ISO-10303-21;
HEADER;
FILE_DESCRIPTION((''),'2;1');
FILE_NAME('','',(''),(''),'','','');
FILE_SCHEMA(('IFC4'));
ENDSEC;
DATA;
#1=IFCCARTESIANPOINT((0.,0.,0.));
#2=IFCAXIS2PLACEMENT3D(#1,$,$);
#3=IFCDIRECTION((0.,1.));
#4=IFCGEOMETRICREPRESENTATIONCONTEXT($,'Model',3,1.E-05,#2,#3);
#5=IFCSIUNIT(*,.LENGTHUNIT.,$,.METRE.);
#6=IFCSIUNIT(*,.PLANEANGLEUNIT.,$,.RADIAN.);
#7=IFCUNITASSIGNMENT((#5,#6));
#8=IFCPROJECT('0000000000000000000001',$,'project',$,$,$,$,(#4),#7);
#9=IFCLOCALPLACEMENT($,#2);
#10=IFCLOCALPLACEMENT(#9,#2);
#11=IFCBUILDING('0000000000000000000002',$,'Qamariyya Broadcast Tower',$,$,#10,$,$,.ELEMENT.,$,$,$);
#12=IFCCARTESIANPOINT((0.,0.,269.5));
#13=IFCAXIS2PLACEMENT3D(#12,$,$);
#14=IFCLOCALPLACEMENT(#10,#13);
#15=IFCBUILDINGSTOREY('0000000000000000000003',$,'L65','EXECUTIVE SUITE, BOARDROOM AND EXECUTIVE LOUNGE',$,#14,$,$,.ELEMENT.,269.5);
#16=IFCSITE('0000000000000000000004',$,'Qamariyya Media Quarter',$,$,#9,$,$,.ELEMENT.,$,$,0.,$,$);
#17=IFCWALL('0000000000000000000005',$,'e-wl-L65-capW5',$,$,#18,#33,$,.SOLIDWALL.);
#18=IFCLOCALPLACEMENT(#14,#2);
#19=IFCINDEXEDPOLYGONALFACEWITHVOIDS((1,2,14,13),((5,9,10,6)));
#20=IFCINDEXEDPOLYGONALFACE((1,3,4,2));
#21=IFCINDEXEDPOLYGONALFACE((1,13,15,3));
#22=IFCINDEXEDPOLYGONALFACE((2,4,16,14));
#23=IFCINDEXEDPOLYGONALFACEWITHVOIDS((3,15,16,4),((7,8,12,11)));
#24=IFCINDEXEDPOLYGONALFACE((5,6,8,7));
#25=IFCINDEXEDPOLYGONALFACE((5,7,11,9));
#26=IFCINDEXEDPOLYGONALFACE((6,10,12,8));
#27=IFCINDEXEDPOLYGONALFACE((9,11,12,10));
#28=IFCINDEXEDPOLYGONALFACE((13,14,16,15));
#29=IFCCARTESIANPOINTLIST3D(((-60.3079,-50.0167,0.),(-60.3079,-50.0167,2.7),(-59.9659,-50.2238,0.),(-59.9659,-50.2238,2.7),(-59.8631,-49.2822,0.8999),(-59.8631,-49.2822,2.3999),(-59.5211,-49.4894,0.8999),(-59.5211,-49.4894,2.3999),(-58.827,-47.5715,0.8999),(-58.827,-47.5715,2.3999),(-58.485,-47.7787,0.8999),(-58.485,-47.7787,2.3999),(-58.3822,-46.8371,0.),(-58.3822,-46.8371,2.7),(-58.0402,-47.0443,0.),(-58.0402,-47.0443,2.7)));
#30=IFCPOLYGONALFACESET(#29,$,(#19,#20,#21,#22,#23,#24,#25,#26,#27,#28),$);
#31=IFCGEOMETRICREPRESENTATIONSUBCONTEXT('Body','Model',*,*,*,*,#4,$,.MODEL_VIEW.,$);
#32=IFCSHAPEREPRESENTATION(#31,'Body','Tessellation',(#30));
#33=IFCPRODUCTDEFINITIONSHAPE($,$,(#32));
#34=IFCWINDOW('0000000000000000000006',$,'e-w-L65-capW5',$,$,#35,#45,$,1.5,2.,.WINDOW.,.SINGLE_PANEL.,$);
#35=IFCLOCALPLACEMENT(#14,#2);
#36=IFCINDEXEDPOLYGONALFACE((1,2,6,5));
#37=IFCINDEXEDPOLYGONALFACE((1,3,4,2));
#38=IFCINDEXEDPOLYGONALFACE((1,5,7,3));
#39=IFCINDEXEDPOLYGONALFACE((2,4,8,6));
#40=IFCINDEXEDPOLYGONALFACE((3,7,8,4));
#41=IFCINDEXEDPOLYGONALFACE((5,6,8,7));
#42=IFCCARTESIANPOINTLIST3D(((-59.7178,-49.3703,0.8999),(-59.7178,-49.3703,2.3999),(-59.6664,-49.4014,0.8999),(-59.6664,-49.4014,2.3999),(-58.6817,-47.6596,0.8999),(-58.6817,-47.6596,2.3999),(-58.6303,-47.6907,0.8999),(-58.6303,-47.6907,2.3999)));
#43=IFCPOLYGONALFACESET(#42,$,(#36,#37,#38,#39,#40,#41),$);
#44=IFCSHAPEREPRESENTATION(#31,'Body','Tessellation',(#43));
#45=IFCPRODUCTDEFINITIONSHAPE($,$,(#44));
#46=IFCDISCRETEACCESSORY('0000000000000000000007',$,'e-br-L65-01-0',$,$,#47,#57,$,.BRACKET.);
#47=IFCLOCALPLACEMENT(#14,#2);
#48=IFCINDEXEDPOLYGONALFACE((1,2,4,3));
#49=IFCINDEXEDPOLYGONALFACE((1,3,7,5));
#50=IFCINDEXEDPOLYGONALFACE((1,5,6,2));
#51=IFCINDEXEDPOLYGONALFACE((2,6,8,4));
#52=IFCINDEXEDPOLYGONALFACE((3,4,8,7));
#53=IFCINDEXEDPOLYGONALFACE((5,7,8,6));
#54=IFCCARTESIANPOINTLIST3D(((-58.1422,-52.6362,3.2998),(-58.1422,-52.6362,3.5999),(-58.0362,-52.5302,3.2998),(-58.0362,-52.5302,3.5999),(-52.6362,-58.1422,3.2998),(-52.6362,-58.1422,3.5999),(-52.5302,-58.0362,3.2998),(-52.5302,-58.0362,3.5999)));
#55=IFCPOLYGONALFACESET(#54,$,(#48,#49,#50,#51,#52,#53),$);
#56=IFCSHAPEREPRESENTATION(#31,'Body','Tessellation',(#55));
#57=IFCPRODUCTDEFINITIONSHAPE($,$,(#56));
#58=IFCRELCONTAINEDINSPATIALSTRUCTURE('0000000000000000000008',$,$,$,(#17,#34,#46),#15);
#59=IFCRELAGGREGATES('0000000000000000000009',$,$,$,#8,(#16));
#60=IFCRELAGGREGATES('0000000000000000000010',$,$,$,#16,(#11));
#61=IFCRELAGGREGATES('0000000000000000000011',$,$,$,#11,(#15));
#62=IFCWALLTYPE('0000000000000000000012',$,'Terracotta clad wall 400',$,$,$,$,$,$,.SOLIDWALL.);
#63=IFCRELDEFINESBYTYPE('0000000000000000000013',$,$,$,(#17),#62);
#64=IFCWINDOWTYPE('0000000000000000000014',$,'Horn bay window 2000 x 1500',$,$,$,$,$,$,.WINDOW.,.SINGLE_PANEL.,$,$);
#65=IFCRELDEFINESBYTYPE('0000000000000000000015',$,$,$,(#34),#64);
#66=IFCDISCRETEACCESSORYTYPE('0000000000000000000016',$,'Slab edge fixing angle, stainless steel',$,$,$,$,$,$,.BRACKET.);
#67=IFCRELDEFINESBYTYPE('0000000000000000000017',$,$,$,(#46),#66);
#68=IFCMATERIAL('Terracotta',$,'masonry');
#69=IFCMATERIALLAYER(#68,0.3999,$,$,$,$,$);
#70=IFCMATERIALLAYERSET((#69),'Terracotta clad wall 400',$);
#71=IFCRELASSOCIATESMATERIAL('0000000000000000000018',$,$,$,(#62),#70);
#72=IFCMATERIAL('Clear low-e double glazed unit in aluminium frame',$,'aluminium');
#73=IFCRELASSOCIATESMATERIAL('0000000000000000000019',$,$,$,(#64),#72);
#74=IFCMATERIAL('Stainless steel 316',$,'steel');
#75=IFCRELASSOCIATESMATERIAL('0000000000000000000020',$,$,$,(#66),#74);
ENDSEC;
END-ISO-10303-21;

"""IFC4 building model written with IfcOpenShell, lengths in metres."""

from ifc_helpers import new_model, si_unit, direction, frame, frame_2d, origin, origin_2d, place, context, subcontext, project, spatial, rectangle, extrude, material, layer, layer_set, type_object, element, fill, save


model = new_model("IFC4")

# Units and contexts
model_context = context("Model", 3, precision=1e-05, world=origin(), true_north=direction((0.0, 1.0)))
body_context = subcontext(model_context, "Body", "Model", "MODEL_VIEW")
ifc_project = project(units=[si_unit("LENGTHUNIT", "METRE"), si_unit("PLANEANGLEUNIT", "RADIAN")], contexts=[model_context])

# Site, building, storey
site_placement = place(None, origin())
site = spatial("IfcSite", under=ifc_project, at=site_placement, Name="Qamariyya Media Quarter", CompositionType="ELEMENT", RefElevation=0.0)
building_placement = place(site_placement, origin())
building = spatial("IfcBuilding", under=site, at=building_placement, Name="Qamariyya Broadcast Tower", CompositionType="ELEMENT")
storey_placement = place(building_placement, frame((0.0, 0.0, 269.5)))
storey = spatial("IfcBuildingStorey", under=building, at=storey_placement, Name="L65", Description="EXECUTIVE SUITE, BOARDROOM AND EXECUTIVE LOUNGE", CompositionType="ELEMENT", Elevation=269.5)

# Wall, opening, window
ifc_material_1 = material(Name="Terracotta", Category="masonry")
ifc_layer_1 = layer(ifc_material_1, 0.3999)
ifc_layer_set_1 = layer_set([ifc_layer_1], Name="Terracotta clad wall 400")
wall_type_1 = type_object("IfcWallType", Name="Terracotta clad wall 400", PredefinedType="SOLIDWALL", material=ifc_layer_set_1)
ifc_material_2 = material(Name="Clear low-e double glazed unit in aluminium frame", Category="aluminium")
window_type = type_object("IfcWindowType", Name="Horn bay window 2000 x 1500", PartitioningType="SINGLE_PANEL", PredefinedType="WINDOW", material=ifc_material_2)
wall_1_placement = place(storey_placement, frame((-58.2112, -46.9407, 0.0), z_axis=(0.0, 0.0, 1.0), x_axis=(-0.518046, -0.855353, 0.0)))
wall_1 = element("IfcWall", 1, at=wall_1_placement, inside=storey, type_object=wall_type_1, Name="e-wl-L65-capW5", PredefinedType="SOLIDWALL", context=body_context, shape_type="SweptSolid", body=[
    extrude(rectangle(XDim=3.7173, YDim=0.3999, at=frame_2d((1.8586, 0.0))), origin(), (0.0, 0.0, 1.0), 2.7),
])
opening_1_placement = place(wall_1_placement, frame((0.8586, 0.0, 0.8999)))
opening_1 = element("IfcOpeningElement", 2, at=opening_1_placement, cuts=wall_1, PredefinedType="OPENING", context=body_context, shape_type="SweptSolid", body=[
    extrude(rectangle(XDim=2.0, YDim=1.5, at=frame_2d((1.0, 0.75))), frame((0.0, 0.21, 0.0), z_axis=(0.0, -1.0, 0.0), x_axis=(1.0, 0.0, 0.0)), (0.0, 0.0, 1.0), 0.4199),
])
window_1_placement = place(opening_1_placement, origin())
window_1 = element("IfcWindow", 3, at=window_1_placement, inside=storey, type_object=window_type, Name="e-w-L65-capW5", OverallHeight=1.5, OverallWidth=2.0, PartitioningType="SINGLE_PANEL", PredefinedType="WINDOW", context=body_context, shape_type="SweptSolid", body=[
    extrude(rectangle(XDim=2.0, YDim=1.5, at=frame_2d((1.0, 0.75))), frame((0.0, 0.03, 0.0), z_axis=(0.0, -1.0, 0.0), x_axis=(1.0, 0.0, 0.0)), (0.0, 0.0, 1.0), 0.0601),
])
fill(opening_1, window_1)

# Discrete accessory
ifc_material_3 = material(Name="Stainless steel 316", Category="steel")
discrete_accessory_type = type_object("IfcDiscreteAccessoryType", Name="Slab edge fixing angle, stainless steel", PredefinedType="BRACKET", material=ifc_material_3)
discrete_accessory_placement = place(storey_placement, frame((-55.3362, -55.3362, 3.2998), z_axis=(0.0, 0.0, 1.0), x_axis=(0.707107, -0.707107, 0.0)))
element("IfcDiscreteAccessory", 4, at=discrete_accessory_placement, inside=storey, type_object=discrete_accessory_type, Name="e-br-L65-01-0", PredefinedType="BRACKET", context=body_context, shape_type="SweptSolid", body=[
    extrude(rectangle(XDim=7.7866, YDim=0.1499, at=origin_2d()), origin(), (0.0, 0.0, 1.0), 0.3),
])

save(model, "model.ifc")
